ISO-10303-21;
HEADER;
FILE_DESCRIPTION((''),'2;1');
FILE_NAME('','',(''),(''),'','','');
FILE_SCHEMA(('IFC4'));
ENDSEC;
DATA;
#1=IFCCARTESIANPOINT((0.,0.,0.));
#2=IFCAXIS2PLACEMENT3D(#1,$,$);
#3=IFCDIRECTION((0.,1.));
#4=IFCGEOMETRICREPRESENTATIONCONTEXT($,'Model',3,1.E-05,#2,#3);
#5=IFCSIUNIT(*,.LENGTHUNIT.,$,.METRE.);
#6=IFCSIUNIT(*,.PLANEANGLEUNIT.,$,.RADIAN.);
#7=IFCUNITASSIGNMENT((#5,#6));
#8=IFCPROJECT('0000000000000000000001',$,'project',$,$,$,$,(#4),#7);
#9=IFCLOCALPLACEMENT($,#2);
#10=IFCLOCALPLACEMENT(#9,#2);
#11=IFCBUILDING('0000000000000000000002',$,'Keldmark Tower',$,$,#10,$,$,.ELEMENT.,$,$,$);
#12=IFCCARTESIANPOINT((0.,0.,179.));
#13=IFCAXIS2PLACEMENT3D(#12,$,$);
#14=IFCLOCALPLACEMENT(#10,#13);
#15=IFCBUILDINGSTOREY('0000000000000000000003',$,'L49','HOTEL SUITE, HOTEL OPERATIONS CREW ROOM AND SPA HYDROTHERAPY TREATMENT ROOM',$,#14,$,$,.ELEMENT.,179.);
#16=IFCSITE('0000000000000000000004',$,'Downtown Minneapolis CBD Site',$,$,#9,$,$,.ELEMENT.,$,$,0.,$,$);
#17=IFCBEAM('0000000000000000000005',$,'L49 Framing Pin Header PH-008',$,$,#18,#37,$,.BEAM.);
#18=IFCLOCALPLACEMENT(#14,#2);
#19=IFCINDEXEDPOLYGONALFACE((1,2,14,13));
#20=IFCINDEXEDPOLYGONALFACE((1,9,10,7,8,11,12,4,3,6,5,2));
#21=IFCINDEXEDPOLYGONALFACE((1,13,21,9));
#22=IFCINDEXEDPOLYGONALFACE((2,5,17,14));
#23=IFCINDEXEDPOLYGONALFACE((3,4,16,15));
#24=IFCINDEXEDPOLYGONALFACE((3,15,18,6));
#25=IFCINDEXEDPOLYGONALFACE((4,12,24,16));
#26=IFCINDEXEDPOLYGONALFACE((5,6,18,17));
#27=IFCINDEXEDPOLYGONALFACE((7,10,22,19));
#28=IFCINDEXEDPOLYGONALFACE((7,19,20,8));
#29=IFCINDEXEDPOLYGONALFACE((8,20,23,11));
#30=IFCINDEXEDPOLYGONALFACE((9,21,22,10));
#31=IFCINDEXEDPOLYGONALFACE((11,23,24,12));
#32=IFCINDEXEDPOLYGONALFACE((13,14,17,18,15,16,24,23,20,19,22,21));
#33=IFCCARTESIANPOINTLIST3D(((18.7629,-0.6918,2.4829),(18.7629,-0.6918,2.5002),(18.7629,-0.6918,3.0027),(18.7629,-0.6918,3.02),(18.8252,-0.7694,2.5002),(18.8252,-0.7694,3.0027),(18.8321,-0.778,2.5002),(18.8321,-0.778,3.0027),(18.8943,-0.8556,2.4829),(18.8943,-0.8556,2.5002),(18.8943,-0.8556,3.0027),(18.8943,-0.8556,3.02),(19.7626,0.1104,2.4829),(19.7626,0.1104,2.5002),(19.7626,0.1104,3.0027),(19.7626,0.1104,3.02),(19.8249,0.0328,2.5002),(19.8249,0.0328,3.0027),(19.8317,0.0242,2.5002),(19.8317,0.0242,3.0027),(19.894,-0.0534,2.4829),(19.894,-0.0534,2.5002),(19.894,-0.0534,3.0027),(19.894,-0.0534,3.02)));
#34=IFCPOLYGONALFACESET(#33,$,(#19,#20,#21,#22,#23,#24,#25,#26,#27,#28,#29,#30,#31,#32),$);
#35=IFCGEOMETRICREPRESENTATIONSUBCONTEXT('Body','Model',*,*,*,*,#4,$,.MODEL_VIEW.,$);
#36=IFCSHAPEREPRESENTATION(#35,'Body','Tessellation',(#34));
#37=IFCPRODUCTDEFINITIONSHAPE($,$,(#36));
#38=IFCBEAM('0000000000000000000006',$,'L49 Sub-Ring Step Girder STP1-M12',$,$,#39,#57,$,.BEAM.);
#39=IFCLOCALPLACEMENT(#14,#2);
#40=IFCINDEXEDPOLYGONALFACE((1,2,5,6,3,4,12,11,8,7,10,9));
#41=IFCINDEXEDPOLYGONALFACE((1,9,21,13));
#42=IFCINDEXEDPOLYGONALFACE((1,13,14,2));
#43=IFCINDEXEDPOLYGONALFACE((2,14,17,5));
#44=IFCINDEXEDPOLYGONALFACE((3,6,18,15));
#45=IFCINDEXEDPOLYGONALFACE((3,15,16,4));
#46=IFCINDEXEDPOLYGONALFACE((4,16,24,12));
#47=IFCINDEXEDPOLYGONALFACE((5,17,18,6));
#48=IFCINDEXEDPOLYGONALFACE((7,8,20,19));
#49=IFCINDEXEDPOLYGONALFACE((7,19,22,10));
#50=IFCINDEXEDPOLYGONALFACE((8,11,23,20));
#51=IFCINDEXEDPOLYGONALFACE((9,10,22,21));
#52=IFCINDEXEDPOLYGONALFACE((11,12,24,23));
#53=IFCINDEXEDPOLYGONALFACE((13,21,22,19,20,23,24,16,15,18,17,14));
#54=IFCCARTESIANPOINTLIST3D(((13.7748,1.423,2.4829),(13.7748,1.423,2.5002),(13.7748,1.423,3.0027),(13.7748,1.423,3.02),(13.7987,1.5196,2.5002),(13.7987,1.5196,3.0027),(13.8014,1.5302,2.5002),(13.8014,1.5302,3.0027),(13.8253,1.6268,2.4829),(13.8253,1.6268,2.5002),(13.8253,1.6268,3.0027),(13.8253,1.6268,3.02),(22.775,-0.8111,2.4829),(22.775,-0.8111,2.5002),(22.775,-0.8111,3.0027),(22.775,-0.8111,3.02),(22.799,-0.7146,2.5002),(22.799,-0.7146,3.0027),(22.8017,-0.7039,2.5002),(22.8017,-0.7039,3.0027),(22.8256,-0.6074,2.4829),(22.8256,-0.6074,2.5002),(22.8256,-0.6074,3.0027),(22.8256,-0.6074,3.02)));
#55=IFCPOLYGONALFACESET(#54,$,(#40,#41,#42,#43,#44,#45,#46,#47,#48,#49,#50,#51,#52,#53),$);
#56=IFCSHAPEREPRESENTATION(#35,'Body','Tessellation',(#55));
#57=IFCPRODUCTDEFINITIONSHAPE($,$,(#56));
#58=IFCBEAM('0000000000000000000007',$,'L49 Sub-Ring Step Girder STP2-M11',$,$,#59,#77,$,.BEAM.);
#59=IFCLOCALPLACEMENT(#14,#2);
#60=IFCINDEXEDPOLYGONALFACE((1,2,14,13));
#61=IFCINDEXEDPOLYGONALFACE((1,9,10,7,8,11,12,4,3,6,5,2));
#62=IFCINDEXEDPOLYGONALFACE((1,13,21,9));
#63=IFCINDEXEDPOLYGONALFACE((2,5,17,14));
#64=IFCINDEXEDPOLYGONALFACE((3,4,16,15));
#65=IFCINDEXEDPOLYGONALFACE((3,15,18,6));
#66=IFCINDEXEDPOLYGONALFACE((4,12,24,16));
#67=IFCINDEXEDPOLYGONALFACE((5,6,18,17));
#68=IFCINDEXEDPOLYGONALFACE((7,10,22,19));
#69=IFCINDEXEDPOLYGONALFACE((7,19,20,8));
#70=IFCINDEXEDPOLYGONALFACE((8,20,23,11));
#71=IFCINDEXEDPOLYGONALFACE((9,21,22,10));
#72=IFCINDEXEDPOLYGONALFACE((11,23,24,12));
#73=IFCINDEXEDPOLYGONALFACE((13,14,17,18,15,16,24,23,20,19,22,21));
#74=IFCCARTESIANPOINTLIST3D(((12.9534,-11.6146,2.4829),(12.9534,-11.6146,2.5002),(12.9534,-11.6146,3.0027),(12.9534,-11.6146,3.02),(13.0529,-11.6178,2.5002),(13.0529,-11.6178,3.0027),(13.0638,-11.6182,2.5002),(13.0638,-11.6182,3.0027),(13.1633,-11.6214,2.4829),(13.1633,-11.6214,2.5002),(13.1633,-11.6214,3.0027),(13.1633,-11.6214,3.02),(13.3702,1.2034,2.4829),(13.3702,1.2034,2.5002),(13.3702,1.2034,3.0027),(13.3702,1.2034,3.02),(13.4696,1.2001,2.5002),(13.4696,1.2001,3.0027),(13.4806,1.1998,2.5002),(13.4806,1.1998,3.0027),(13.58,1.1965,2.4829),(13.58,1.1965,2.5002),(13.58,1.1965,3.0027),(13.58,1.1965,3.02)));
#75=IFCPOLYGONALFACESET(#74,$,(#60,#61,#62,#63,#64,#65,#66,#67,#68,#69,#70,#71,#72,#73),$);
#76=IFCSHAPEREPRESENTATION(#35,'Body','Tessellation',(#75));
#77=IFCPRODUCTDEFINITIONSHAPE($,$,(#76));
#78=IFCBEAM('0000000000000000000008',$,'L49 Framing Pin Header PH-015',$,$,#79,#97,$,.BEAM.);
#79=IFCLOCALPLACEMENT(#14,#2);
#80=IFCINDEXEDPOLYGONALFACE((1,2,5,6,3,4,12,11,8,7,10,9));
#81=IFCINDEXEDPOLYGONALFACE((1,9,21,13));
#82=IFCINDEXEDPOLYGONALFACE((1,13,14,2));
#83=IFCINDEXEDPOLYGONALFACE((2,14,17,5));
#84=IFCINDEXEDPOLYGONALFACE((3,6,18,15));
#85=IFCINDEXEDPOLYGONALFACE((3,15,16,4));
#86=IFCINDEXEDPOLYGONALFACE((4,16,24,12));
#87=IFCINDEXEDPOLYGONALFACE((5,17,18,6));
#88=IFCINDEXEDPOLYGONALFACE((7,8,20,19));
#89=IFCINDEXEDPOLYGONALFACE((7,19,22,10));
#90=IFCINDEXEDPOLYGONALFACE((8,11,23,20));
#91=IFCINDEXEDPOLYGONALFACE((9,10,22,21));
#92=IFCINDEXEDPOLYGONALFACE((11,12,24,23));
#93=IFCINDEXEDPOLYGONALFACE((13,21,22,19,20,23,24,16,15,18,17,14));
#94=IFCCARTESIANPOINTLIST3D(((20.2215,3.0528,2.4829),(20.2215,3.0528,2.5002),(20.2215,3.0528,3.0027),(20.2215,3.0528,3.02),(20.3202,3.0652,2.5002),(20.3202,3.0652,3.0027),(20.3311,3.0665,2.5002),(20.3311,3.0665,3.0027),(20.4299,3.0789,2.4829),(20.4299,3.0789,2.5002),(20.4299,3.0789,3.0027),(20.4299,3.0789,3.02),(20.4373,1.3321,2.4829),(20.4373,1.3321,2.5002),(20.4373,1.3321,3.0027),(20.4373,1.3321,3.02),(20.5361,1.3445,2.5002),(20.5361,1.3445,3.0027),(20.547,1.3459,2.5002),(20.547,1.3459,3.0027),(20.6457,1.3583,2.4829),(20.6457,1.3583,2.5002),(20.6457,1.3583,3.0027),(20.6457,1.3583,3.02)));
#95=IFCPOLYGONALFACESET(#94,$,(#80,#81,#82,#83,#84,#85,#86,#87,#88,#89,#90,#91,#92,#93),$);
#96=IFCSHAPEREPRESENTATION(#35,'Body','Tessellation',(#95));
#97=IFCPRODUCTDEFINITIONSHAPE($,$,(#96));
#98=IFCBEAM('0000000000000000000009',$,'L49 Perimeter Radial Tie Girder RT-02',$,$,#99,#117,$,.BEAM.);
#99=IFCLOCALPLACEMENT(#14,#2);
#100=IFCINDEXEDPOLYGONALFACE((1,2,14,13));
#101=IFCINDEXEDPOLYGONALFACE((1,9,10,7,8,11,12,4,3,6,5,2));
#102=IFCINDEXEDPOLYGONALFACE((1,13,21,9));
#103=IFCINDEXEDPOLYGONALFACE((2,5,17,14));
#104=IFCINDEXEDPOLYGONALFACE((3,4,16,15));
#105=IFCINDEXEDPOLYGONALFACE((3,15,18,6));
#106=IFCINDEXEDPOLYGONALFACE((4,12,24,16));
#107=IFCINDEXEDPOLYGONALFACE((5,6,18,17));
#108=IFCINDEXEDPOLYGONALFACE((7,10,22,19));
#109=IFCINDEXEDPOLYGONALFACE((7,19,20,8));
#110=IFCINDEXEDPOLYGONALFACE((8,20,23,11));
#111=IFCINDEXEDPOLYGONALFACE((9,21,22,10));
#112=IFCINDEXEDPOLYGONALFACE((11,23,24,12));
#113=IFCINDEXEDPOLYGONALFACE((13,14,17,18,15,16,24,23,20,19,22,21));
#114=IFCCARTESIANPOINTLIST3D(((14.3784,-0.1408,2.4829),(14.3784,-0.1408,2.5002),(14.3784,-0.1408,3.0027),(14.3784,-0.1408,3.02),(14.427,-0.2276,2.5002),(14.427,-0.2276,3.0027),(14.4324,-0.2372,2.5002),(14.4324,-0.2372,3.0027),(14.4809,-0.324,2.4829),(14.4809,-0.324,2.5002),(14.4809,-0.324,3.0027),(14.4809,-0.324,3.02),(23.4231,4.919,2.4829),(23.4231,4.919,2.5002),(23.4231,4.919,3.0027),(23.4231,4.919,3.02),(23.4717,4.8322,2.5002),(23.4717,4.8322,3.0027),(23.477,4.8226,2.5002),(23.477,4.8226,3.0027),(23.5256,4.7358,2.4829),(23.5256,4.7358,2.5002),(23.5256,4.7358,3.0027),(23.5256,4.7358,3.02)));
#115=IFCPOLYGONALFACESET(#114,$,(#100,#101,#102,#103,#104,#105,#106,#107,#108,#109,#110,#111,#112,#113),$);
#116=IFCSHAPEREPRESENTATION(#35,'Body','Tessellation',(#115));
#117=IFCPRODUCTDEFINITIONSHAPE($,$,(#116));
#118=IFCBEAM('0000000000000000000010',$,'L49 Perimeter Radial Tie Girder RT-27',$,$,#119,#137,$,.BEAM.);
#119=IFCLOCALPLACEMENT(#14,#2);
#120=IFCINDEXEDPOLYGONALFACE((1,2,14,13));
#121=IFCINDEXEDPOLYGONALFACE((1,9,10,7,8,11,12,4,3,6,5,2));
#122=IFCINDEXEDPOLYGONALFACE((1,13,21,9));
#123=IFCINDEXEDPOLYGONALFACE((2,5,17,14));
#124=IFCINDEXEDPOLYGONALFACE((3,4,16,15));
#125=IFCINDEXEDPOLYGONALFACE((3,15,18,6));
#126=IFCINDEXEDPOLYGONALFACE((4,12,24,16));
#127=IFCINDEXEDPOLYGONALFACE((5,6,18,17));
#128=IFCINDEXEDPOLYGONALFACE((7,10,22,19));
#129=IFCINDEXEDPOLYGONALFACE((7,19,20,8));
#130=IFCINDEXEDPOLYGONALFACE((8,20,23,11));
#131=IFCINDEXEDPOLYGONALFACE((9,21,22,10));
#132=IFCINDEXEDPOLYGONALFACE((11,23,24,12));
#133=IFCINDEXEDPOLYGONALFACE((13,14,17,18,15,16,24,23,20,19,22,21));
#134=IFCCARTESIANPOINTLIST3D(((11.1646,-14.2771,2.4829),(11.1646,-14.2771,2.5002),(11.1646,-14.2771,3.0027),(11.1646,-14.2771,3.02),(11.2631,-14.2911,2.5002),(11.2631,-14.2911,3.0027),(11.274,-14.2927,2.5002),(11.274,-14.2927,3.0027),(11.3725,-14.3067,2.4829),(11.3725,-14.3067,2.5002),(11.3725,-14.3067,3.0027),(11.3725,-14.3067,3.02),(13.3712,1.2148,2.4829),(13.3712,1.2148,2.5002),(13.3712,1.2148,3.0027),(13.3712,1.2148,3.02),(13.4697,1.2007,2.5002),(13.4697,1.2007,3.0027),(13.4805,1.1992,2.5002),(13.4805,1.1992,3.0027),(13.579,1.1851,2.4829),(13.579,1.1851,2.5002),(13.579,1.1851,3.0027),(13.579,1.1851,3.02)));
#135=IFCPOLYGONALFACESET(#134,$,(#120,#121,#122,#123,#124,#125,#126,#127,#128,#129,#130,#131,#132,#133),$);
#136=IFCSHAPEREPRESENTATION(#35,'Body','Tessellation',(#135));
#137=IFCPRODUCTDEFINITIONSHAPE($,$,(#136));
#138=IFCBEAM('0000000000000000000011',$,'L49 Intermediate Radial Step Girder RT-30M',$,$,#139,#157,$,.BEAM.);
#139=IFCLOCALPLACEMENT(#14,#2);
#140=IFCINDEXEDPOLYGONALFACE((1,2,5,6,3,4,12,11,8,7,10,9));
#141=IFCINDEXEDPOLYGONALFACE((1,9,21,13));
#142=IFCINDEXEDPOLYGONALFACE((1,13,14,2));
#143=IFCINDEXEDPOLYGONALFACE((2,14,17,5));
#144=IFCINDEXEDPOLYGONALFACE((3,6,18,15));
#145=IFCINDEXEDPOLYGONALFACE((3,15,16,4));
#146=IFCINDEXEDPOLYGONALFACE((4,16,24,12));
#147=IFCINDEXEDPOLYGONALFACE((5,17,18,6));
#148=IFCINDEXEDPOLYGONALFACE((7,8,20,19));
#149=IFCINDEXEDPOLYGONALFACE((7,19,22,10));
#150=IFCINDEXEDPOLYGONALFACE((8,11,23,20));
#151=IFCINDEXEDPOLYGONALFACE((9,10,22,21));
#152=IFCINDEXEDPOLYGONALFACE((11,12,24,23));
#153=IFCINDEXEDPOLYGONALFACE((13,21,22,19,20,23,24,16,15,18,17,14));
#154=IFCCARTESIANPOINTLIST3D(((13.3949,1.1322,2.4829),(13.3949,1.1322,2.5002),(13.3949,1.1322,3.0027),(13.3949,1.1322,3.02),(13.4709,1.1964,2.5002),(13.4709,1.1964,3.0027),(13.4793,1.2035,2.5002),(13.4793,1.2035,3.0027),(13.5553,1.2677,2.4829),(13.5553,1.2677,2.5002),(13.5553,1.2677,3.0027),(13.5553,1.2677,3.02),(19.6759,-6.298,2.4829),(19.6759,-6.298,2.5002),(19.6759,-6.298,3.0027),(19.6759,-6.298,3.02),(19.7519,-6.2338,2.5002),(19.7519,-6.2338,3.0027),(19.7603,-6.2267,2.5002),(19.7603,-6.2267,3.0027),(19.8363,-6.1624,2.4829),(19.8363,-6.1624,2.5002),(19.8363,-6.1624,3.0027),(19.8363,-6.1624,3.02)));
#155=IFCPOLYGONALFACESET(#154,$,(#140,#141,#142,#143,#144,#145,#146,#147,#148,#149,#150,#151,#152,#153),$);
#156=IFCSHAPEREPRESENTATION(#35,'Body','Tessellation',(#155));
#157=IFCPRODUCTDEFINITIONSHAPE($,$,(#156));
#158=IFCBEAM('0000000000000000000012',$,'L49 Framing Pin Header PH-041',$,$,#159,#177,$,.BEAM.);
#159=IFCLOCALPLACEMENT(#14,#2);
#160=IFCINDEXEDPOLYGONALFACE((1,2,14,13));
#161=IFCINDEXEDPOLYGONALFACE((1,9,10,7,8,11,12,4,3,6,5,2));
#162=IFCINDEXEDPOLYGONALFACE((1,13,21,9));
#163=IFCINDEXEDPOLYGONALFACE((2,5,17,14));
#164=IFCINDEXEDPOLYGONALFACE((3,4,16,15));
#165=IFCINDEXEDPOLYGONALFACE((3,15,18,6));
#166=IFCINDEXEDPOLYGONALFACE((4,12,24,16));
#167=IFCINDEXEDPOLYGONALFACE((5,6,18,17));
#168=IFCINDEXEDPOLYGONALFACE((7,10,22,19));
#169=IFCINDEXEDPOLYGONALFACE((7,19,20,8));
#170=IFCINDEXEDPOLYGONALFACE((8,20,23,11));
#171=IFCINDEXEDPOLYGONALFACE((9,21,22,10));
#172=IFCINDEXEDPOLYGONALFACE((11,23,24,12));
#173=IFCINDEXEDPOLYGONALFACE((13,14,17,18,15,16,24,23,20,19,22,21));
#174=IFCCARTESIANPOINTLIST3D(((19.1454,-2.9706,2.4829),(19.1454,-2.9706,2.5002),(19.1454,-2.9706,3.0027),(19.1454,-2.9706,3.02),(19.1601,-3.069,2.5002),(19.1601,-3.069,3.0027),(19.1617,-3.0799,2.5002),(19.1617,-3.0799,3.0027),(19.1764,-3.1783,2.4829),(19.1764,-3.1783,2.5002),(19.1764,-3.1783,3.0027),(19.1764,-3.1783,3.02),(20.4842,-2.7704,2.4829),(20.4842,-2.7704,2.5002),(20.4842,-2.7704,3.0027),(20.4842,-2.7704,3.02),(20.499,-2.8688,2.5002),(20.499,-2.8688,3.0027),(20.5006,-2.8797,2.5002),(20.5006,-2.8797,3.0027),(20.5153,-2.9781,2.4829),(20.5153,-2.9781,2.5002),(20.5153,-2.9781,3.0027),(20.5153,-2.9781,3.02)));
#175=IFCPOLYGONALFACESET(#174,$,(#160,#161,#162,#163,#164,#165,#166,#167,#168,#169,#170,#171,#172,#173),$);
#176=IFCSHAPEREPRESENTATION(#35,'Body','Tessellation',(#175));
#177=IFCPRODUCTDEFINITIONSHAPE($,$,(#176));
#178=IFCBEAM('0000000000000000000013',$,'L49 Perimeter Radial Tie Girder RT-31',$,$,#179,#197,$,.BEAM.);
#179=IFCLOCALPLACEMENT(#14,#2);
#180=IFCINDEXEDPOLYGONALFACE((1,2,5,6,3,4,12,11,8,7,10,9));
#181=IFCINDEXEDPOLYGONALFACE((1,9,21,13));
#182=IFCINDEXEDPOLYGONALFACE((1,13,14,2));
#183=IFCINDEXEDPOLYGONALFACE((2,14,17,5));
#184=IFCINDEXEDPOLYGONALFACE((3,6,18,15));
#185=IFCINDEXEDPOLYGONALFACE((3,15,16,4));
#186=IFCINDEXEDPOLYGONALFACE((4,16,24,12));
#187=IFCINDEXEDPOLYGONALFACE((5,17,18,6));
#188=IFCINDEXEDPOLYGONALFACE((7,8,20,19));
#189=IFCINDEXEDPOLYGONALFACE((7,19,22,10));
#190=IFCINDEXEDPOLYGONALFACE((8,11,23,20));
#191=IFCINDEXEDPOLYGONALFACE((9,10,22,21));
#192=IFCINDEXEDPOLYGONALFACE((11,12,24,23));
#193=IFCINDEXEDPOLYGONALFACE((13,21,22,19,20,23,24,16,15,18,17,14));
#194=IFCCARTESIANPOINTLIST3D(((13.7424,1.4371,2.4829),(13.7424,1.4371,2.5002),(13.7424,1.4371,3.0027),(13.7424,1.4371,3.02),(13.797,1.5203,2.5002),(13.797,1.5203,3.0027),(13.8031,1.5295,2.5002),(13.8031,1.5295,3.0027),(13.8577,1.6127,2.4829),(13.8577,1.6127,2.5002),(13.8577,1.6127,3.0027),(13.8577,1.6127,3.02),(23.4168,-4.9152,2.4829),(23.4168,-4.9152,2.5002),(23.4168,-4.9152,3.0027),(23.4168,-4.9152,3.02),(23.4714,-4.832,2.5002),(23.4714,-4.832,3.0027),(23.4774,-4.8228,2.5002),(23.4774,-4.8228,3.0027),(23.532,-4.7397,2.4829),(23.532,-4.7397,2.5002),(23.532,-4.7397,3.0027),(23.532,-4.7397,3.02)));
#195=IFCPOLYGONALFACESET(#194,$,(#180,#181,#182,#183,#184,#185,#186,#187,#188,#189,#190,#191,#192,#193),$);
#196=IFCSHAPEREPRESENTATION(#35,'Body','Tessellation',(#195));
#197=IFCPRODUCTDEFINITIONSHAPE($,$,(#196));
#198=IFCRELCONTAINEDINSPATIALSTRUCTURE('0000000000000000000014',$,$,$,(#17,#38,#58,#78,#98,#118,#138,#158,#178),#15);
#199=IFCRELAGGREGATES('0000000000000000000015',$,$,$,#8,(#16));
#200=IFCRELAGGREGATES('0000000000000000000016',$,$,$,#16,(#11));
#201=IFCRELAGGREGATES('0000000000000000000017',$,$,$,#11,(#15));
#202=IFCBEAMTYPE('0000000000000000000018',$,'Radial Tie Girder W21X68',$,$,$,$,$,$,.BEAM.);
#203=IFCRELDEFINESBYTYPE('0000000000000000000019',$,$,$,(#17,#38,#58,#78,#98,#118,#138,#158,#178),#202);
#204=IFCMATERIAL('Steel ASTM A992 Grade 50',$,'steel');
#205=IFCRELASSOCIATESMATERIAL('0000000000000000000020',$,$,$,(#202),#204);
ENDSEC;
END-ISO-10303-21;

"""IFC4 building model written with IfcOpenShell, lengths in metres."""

from ifc_helpers import new_model, si_unit, direction, frame, origin, origin_2d, place, context, subcontext, project, spatial, i_section, extrude, material, material_profile, profile_set, type_object, element, save


model = new_model("IFC4")

# Units and contexts
model_context = context("Model", 3, precision=1e-05, world=origin(), true_north=direction((0.0, 1.0)))
body_context = subcontext(model_context, "Body", "Model", "MODEL_VIEW")
ifc_project = project(units=[si_unit("LENGTHUNIT", "METRE"), si_unit("PLANEANGLEUNIT", "RADIAN")], contexts=[model_context])

# Site, building, storey
site_placement = place(None, origin())
site = spatial("IfcSite", under=ifc_project, at=site_placement, Name="Downtown Minneapolis CBD Site", CompositionType="ELEMENT", RefElevation=0.0)
building_placement = place(site_placement, origin())
building = spatial("IfcBuilding", under=site, at=building_placement, Name="Keldmark Tower", CompositionType="ELEMENT")
storey_placement = place(building_placement, frame((0.0, 0.0, 179.0)))
storey = spatial("IfcBuildingStorey", under=building, at=storey_placement, Name="L49", Description="HOTEL SUITE, HOTEL OPERATIONS CREW ROOM AND SPA HYDROTHERAPY TREATMENT ROOM", CompositionType="ELEMENT", Elevation=179.0)

# Beams
ifc_material_1 = material(Name="Steel ASTM A992 Grade 50", Category="steel")
ifc_material_profile_1 = material_profile(ifc_material_1, i_section(OverallWidth=0.21, OverallDepth=0.5371, WebThickness=0.011, FlangeThickness=0.0173, at=origin_2d()), Name="W21X68")
ifc_profile_set_1 = profile_set([ifc_material_profile_1], Name="Steel ASTM A992 Grade 50")
beam_type_1 = type_object("IfcBeamType", Name="Radial Tie Girder W21X68", PredefinedType="BEAM", material=ifc_profile_set_1)
beam_1_placement = place(storey_placement, frame((18.8286, -0.7737, 2.7515), z_axis=(0.779939, 0.625856, 0.0), x_axis=(-0.625856, 0.779939, 0.0)))
element("IfcBeam", 1, at=beam_1_placement, inside=storey, type_object=beam_type_1, Name="L49 Framing Pin Header PH-008", PredefinedType="BEAM", context=body_context, shape_type="SweptSolid", body=[
    extrude(i_section(OverallWidth=0.21, OverallDepth=0.5371, WebThickness=0.011, FlangeThickness=0.0173, at=origin_2d()), origin(), (0.0, 0.0, 1.0), 1.2817),
])
beam_2_placement = place(storey_placement, frame((13.8, 1.5249, 2.7515), z_axis=(0.970545, -0.240918, 0.0), x_axis=(0.240918, 0.970545, 0.0)))
element("IfcBeam", 2, at=beam_2_placement, inside=storey, type_object=beam_type_1, Name="L49 Sub-Ring Step Girder STP1-M12", PredefinedType="BEAM", context=body_context, shape_type="SweptSolid", body=[
    extrude(i_section(OverallWidth=0.21, OverallDepth=0.5371, WebThickness=0.011, FlangeThickness=0.0173, at=origin_2d()), origin(), (0.0, 0.0, 1.0), 9.2734),
])
beam_3_placement = place(storey_placement, frame((13.4751, 1.2, 2.7515), z_axis=(-0.032496, -0.999472, 0.0), x_axis=(0.999472, -0.032496, 0.0)))
element("IfcBeam", 3, at=beam_3_placement, inside=storey, type_object=beam_type_1, Name="L49 Sub-Ring Step Girder STP2-M11", PredefinedType="BEAM", context=body_context, shape_type="SweptSolid", body=[
    extrude(i_section(OverallWidth=0.21, OverallDepth=0.5371, WebThickness=0.011, FlangeThickness=0.0173, at=origin_2d()), origin(), (0.0, 0.0, 1.0), 12.8247),
])
beam_4_placement = place(storey_placement, frame((20.5415, 1.3452, 2.7515), z_axis=(-0.124451, 0.992226, 0.0), x_axis=(-0.992226, -0.124451, 0.0)))
element("IfcBeam", 4, at=beam_4_placement, inside=storey, type_object=beam_type_1, Name="L49 Framing Pin Header PH-015", PredefinedType="BEAM", context=body_context, shape_type="SweptSolid", body=[
    extrude(i_section(OverallWidth=0.21, OverallDepth=0.5371, WebThickness=0.011, FlangeThickness=0.0173, at=origin_2d()), origin(), (0.0, 0.0, 1.0), 1.7341),
])
beam_5_placement = place(storey_placement, frame((14.4297, -0.2324, 2.7515), z_axis=(0.87272, 0.488221, 0.0), x_axis=(-0.488221, 0.87272, 0.0)))
element("IfcBeam", 5, at=beam_5_placement, inside=storey, type_object=beam_type_1, Name="L49 Perimeter Radial Tie Girder RT-02", PredefinedType="BEAM", context=body_context, shape_type="SweptSolid", body=[
    extrude(i_section(OverallWidth=0.21, OverallDepth=0.5371, WebThickness=0.011, FlangeThickness=0.0173, at=origin_2d()), origin(), (0.0, 0.0, 1.0), 10.3638),
])
beam_6_placement = place(storey_placement, frame((13.4751, 1.2, 2.7515), z_axis=(-0.141009, -0.990008, 0.0), x_axis=(0.990008, -0.141009, 0.0)))
element("IfcBeam", 6, at=beam_6_placement, inside=storey, type_object=beam_type_1, Name="L49 Perimeter Radial Tie Girder RT-27", PredefinedType="BEAM", context=body_context, shape_type="SweptSolid", body=[
    extrude(i_section(OverallWidth=0.21, OverallDepth=0.5371, WebThickness=0.011, FlangeThickness=0.0173, at=origin_2d()), origin(), (0.0, 0.0, 1.0), 15.6482),
])
beam_7_placement = place(storey_placement, frame((13.4751, 1.2, 2.7515), z_axis=(0.645579, -0.763694, 0.0), x_axis=(0.763694, 0.645579, 0.0)))
element("IfcBeam", 7, at=beam_7_placement, inside=storey, type_object=beam_type_1, Name="L49 Intermediate Radial Step Girder RT-30M", PredefinedType="BEAM", context=body_context, shape_type="SweptSolid", body=[
    extrude(i_section(OverallWidth=0.21, OverallDepth=0.5371, WebThickness=0.011, FlangeThickness=0.0173, at=origin_2d()), origin(), (0.0, 0.0, 1.0), 9.7292),
])
beam_8_placement = place(storey_placement, frame((19.1609, -3.0745, 2.7515), z_axis=(0.989005, 0.147882, 0.0), x_axis=(-0.147882, 0.989005, 0.0)))
element("IfcBeam", 8, at=beam_8_placement, inside=storey, type_object=beam_type_1, Name="L49 Framing Pin Header PH-041", PredefinedType="BEAM", context=body_context, shape_type="SweptSolid", body=[
    extrude(i_section(OverallWidth=0.21, OverallDepth=0.5371, WebThickness=0.011, FlangeThickness=0.0173, at=origin_2d()), origin(), (0.0, 0.0, 1.0), 1.3538),
])
beam_9_placement = place(storey_placement, frame((13.8, 1.5249, 2.7515), z_axis=(0.835908, -0.548869, 0.0), x_axis=(0.548869, 0.835908, 0.0)))
element("IfcBeam", 9, at=beam_9_placement, inside=storey, type_object=beam_type_1, Name="L49 Perimeter Radial Tie Girder RT-31", PredefinedType="BEAM", context=body_context, shape_type="SweptSolid", body=[
    extrude(i_section(OverallWidth=0.21, OverallDepth=0.5371, WebThickness=0.011, FlangeThickness=0.0173, at=origin_2d()), origin(), (0.0, 0.0, 1.0), 11.5735),
])

save(model, "model.ifc")
